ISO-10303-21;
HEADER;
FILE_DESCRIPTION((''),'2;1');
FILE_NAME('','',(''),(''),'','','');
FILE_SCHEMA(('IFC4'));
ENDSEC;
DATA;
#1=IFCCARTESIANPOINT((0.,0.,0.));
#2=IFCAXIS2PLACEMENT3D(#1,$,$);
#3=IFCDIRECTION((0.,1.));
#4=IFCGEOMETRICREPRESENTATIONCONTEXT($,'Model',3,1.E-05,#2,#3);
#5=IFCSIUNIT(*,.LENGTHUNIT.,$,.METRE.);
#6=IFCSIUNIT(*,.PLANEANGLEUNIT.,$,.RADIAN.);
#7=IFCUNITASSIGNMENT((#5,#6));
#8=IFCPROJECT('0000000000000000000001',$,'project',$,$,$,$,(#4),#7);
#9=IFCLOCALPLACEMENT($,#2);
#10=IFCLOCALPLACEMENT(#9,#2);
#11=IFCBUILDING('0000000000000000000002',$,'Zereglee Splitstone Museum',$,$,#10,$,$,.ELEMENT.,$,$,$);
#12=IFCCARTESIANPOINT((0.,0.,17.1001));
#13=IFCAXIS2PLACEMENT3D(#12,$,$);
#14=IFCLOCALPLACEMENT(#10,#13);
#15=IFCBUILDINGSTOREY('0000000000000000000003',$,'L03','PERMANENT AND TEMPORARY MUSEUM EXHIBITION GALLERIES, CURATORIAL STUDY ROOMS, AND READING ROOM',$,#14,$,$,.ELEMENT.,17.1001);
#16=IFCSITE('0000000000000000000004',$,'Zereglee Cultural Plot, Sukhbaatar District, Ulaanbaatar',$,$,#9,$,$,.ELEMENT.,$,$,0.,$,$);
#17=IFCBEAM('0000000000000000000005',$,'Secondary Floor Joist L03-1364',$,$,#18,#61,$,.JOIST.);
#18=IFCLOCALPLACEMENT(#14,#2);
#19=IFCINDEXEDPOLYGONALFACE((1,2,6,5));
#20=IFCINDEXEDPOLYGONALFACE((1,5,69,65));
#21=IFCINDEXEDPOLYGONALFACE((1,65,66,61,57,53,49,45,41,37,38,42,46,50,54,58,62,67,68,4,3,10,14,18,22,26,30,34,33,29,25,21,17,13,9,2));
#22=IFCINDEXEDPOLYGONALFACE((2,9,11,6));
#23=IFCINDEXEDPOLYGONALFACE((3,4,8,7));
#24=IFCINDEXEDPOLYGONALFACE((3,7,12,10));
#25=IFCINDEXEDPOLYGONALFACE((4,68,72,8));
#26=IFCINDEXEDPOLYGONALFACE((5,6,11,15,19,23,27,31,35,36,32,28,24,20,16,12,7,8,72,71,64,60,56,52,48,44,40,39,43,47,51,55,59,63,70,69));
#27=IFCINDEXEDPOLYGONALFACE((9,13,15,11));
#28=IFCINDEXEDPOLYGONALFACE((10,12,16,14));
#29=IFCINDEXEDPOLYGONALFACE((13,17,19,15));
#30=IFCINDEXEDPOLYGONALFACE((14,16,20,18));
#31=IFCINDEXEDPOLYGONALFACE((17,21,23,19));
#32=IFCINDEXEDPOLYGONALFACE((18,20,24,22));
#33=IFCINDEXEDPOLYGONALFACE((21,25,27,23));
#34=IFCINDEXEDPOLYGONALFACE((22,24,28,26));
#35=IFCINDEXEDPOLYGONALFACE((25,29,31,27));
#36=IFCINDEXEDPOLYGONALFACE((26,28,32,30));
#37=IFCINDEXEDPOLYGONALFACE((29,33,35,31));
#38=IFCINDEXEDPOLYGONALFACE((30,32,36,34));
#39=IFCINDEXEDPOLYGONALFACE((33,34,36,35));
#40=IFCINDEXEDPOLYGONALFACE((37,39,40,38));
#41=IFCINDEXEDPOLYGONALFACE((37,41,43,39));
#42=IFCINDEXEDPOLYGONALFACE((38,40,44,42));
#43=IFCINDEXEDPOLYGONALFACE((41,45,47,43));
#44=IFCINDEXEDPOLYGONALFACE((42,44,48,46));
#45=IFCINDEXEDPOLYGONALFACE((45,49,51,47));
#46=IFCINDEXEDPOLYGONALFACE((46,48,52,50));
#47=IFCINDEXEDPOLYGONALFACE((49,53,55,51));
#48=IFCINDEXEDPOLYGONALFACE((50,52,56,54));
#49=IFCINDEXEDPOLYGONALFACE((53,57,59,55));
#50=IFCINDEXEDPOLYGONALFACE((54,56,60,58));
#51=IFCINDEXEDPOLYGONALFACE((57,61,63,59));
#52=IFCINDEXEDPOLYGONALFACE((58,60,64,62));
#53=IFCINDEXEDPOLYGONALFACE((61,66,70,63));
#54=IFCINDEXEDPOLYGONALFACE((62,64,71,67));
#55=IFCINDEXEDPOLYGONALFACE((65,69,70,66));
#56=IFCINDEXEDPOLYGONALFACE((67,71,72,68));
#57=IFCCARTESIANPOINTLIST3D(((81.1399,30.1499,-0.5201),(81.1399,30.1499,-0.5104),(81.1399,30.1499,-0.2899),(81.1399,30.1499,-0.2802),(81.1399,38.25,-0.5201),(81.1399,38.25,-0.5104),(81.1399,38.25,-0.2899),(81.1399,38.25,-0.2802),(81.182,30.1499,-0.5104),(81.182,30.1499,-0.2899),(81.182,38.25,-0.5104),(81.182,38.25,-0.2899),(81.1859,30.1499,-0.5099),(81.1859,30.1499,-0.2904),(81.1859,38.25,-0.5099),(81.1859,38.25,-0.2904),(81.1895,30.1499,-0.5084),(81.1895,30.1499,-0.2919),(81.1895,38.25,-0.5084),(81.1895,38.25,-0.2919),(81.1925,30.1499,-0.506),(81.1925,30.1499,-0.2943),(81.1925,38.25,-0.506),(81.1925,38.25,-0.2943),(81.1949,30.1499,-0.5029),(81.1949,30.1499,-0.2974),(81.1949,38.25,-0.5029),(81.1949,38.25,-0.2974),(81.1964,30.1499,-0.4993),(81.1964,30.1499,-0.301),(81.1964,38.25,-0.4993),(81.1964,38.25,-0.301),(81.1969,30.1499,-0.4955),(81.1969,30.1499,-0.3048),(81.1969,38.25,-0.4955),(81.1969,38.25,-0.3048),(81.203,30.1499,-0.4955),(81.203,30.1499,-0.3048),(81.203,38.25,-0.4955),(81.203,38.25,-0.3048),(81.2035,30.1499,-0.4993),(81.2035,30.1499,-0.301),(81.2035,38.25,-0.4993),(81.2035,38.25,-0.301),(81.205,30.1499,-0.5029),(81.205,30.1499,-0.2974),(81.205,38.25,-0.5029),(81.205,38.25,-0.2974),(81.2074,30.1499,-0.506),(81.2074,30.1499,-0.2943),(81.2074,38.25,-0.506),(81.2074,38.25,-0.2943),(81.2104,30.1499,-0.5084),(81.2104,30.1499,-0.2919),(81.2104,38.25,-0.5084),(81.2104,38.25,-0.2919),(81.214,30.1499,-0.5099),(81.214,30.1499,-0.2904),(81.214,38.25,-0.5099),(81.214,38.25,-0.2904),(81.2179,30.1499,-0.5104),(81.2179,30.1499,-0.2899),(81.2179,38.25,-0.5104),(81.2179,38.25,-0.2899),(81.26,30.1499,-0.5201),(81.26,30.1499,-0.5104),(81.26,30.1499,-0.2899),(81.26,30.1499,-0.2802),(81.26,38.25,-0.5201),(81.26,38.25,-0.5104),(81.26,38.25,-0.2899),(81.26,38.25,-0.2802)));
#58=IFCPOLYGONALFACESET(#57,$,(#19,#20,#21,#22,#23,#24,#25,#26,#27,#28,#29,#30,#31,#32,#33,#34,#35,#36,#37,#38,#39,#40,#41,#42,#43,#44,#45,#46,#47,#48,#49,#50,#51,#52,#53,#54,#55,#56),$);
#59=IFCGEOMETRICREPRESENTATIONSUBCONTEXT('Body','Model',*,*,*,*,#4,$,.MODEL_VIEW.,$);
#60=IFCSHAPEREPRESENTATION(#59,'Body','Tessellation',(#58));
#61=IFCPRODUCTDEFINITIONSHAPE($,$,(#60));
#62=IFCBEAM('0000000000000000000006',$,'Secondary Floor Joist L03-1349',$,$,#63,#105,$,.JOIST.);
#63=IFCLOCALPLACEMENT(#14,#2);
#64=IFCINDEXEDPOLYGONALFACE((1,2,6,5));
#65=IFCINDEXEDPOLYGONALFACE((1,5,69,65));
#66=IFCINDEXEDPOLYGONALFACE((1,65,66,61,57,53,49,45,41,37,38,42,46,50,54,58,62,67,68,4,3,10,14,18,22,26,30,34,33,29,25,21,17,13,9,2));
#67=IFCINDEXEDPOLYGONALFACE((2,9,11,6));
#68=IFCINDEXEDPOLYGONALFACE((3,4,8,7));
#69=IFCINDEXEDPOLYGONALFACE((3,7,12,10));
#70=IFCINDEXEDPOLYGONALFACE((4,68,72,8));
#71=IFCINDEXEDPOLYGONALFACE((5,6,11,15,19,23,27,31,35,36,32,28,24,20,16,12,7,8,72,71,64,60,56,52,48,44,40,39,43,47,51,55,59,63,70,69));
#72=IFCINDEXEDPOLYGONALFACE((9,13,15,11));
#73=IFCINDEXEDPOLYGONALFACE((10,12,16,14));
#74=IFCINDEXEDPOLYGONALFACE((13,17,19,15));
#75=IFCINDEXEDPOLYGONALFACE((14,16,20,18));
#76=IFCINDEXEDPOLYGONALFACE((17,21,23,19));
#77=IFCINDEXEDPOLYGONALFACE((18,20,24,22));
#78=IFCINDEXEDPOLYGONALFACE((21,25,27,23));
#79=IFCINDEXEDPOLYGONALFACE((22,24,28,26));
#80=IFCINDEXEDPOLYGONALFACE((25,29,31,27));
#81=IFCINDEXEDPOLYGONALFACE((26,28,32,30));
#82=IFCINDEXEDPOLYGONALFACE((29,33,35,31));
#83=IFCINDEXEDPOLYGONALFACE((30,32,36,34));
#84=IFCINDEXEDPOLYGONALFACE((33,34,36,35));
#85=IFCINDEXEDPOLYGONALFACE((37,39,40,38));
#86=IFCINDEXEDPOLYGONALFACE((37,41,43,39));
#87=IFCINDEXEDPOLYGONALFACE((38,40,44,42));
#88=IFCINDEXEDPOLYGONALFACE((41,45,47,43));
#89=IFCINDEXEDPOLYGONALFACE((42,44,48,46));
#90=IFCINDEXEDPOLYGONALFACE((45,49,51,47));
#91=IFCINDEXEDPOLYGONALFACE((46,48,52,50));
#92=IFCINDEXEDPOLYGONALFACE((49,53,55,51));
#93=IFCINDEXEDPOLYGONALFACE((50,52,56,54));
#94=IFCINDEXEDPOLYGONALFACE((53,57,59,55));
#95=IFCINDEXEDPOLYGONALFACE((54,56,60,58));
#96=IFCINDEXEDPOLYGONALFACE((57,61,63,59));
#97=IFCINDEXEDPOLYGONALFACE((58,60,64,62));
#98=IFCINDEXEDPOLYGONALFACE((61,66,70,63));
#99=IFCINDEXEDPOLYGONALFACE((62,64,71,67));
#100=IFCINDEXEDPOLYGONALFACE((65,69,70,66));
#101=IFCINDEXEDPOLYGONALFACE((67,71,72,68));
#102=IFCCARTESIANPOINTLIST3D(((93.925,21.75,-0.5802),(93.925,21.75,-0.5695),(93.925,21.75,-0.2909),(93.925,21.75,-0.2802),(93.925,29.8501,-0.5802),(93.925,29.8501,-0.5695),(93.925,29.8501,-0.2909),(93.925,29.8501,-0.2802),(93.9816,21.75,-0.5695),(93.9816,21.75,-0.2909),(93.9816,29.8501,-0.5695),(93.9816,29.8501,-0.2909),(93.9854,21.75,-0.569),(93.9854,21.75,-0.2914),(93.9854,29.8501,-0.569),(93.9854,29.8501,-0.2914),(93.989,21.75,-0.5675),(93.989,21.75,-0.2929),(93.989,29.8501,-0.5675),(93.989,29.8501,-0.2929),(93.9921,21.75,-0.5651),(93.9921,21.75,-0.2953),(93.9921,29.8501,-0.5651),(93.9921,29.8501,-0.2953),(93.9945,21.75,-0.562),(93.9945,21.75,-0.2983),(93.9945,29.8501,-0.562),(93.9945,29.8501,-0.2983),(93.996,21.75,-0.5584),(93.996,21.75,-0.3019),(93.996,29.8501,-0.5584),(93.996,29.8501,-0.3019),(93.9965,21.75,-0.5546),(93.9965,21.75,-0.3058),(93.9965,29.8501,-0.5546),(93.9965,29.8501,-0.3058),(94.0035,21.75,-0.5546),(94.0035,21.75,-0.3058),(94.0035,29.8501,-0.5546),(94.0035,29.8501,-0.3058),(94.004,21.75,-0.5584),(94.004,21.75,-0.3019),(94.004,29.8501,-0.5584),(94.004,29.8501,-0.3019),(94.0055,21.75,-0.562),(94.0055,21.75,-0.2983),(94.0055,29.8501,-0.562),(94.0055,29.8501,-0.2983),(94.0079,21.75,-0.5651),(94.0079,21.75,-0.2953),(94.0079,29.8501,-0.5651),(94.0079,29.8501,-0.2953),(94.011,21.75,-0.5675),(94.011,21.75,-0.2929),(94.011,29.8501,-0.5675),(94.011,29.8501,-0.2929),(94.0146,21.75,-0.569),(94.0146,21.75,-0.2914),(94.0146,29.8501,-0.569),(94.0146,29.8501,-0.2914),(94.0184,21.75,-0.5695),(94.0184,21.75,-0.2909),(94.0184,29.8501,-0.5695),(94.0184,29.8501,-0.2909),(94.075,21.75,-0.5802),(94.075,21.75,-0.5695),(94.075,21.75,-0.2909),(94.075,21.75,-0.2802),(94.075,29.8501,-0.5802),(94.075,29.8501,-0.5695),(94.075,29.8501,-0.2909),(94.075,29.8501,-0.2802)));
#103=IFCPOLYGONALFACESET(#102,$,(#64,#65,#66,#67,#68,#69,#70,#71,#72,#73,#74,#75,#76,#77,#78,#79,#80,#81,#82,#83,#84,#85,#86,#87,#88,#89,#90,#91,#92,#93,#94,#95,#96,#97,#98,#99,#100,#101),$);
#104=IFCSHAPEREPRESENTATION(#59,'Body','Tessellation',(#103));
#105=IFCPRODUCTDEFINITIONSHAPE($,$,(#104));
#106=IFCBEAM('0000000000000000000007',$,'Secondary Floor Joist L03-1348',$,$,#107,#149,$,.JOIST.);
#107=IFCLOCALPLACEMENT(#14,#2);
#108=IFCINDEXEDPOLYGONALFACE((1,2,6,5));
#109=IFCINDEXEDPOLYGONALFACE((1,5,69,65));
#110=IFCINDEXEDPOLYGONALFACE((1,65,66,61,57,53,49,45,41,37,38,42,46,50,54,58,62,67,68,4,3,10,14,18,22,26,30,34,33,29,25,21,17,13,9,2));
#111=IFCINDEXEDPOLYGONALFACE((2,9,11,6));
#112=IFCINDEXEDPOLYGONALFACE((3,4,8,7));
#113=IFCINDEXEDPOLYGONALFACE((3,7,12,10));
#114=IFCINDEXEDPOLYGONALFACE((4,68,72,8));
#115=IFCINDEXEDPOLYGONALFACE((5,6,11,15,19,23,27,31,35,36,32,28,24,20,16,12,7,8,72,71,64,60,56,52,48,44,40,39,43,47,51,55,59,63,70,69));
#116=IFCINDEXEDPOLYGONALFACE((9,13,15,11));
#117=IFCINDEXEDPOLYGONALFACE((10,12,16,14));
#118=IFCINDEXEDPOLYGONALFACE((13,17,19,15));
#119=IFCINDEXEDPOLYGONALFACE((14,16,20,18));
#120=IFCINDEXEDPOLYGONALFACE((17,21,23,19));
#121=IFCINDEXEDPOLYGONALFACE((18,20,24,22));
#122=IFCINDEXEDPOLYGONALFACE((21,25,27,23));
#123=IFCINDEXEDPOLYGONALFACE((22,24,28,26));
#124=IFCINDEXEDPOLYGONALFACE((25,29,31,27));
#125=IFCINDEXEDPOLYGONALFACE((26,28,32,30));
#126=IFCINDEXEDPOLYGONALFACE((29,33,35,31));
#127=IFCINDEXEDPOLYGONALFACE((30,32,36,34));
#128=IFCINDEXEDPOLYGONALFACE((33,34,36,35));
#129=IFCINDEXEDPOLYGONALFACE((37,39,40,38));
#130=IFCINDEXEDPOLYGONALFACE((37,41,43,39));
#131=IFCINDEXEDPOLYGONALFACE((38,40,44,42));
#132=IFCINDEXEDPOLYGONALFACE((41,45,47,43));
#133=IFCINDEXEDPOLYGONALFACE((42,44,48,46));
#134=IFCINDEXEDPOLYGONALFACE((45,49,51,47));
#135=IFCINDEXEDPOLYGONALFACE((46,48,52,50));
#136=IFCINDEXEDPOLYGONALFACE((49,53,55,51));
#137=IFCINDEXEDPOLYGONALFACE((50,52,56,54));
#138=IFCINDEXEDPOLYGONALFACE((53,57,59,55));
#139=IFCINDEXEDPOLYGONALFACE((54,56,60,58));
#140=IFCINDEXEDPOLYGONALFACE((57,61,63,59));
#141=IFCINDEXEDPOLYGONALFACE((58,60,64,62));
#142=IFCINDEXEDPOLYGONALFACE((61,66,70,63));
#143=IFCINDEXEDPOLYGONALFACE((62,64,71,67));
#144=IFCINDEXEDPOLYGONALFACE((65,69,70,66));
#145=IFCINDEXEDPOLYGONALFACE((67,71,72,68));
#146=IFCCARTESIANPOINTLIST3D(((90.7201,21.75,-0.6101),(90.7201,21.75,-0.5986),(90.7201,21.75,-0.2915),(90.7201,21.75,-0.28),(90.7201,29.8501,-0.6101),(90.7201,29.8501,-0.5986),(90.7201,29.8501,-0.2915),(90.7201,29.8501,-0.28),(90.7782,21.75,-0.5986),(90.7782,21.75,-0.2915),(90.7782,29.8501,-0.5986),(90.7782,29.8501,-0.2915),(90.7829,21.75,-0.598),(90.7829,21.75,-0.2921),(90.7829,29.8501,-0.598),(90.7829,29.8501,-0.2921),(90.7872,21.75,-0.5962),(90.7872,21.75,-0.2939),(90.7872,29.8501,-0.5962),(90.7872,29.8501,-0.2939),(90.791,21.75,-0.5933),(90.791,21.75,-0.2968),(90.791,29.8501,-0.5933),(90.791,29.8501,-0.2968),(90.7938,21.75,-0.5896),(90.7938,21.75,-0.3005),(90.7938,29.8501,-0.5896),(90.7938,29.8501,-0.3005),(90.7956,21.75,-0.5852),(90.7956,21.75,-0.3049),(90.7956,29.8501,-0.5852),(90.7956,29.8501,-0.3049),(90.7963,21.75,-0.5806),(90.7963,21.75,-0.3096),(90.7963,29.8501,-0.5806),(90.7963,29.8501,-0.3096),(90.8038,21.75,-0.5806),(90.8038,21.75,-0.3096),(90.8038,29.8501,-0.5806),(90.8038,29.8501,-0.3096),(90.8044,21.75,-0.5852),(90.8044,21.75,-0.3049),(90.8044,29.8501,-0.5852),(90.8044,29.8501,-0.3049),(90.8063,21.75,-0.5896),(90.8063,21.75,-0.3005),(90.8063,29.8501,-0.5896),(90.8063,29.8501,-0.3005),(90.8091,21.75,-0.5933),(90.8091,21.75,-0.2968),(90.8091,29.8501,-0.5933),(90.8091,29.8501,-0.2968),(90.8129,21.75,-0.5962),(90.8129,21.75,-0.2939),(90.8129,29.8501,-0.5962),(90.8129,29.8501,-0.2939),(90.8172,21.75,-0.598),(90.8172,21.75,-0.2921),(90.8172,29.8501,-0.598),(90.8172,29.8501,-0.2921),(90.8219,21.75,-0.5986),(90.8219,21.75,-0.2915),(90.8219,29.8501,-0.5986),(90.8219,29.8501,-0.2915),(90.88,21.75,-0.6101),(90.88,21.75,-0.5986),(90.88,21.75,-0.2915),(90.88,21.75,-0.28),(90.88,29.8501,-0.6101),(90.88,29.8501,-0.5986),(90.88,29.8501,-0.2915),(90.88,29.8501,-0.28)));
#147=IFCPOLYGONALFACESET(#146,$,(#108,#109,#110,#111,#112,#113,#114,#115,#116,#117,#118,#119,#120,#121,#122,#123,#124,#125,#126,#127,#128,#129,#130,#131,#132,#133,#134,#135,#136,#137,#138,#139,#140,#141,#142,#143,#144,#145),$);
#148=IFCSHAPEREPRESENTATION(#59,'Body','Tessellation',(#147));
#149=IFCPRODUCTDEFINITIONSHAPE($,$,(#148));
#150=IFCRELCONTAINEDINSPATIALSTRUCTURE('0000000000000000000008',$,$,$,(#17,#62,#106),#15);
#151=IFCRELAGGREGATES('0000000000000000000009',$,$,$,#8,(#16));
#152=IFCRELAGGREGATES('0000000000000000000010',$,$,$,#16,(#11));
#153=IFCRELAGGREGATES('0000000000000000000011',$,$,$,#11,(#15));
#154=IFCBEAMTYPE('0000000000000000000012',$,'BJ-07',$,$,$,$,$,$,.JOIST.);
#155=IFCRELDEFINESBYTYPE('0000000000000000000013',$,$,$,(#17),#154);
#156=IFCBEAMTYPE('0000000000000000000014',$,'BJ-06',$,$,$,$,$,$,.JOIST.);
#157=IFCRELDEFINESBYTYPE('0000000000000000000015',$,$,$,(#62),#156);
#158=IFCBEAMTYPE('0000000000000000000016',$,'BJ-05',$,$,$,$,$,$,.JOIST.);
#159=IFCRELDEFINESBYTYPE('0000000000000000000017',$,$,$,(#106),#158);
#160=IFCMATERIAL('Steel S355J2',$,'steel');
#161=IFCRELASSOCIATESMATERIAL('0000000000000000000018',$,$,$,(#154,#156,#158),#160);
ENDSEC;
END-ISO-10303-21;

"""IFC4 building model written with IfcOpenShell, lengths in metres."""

from ifc_helpers import new_model, si_unit, direction, frame, origin, origin_2d, place, context, subcontext, project, spatial, i_section, extrude, material, material_profile, profile_set, type_object, element, save


model = new_model("IFC4")

# Units and contexts
model_context = context("Model", 3, precision=1e-05, world=origin(), true_north=direction((0.0, 1.0)))
body_context = subcontext(model_context, "Body", "Model", "MODEL_VIEW")
ifc_project = project(units=[si_unit("LENGTHUNIT", "METRE"), si_unit("PLANEANGLEUNIT", "RADIAN")], contexts=[model_context])

# Site, building, storey
site_placement = place(None, origin())
site = spatial("IfcSite", under=ifc_project, at=site_placement, Name="Zereglee Cultural Plot, Sukhbaatar District, Ulaanbaatar", CompositionType="ELEMENT", RefElevation=0.0)
building_placement = place(site_placement, origin())
building = spatial("IfcBuilding", under=site, at=building_placement, Name="Zereglee Splitstone Museum", CompositionType="ELEMENT")
storey_placement = place(building_placement, frame((0.0, 0.0, 17.1001)))
storey = spatial("IfcBuildingStorey", under=building, at=storey_placement, Name="L03", Description="PERMANENT AND TEMPORARY MUSEUM EXHIBITION GALLERIES, CURATORIAL STUDY ROOMS, AND READING ROOM", CompositionType="ELEMENT", Elevation=17.1001)

# Shared definitions
ifc_material_1 = material(Name="Steel S355J2", Category="steel")

# Beams
ifc_material_profile_1 = material_profile(ifc_material_1, i_section(OverallWidth=0.1201, OverallDepth=0.24, WebThickness=0.0061, FlangeThickness=0.0098, FilletRadius=0.0149, at=origin_2d()), Name="IPE 240")
ifc_profile_set_1 = profile_set([ifc_material_profile_1], Name="Steel S355J2")
beam_type_1 = type_object("IfcBeamType", Name="BJ-07", PredefinedType="JOIST", material=ifc_profile_set_1)
beam_1_placement = place(storey_placement, frame((81.2, 30.1499, -0.4001), z_axis=(0.0, 1.0, 0.0), x_axis=(-1.0, 0.0, 0.0)))
element("IfcBeam", 1, at=beam_1_placement, inside=storey, type_object=beam_type_1, Name="Secondary Floor Joist L03-1364", PredefinedType="JOIST", context=body_context, shape_type="SweptSolid", body=[
    extrude(i_section(OverallWidth=0.1201, OverallDepth=0.24, WebThickness=0.0061, FlangeThickness=0.0098, FilletRadius=0.0149, at=origin_2d()), origin(), (0.0, 0.0, 1.0), 8.1001),
])
ifc_material_profile_2 = material_profile(ifc_material_1, i_section(OverallWidth=0.1499, OverallDepth=0.3, WebThickness=0.0071, FlangeThickness=0.0107, FilletRadius=0.0149, at=origin_2d()), Name="IPE 300")
ifc_profile_set_2 = profile_set([ifc_material_profile_2], Name="Steel S355J2")
beam_type_2 = type_object("IfcBeamType", Name="BJ-06", PredefinedType="JOIST", material=ifc_profile_set_2)
beam_2_placement = place(storey_placement, frame((94.0, 21.75, -0.4302), z_axis=(0.0, 1.0, 0.0), x_axis=(-1.0, 0.0, 0.0)))
element("IfcBeam", 2, at=beam_2_placement, inside=storey, type_object=beam_type_2, Name="Secondary Floor Joist L03-1349", PredefinedType="JOIST", context=body_context, shape_type="SweptSolid", body=[
    extrude(i_section(OverallWidth=0.1499, OverallDepth=0.3, WebThickness=0.0071, FlangeThickness=0.0107, FilletRadius=0.0149, at=origin_2d()), origin(), (0.0, 0.0, 1.0), 8.1001),
])
ifc_material_profile_3 = material_profile(ifc_material_1, i_section(OverallWidth=0.1599, OverallDepth=0.3301, WebThickness=0.0076, FlangeThickness=0.0115, FilletRadius=0.0181, at=origin_2d()), Name="IPE 330")
ifc_profile_set_3 = profile_set([ifc_material_profile_3], Name="Steel S355J2")
beam_type_3 = type_object("IfcBeamType", Name="BJ-05", PredefinedType="JOIST", material=ifc_profile_set_3)
beam_3_placement = place(storey_placement, frame((90.8, 21.75, -0.4451), z_axis=(0.0, 1.0, 0.0), x_axis=(-1.0, 0.0, 0.0)))
element("IfcBeam", 3, at=beam_3_placement, inside=storey, type_object=beam_type_3, Name="Secondary Floor Joist L03-1348", PredefinedType="JOIST", context=body_context, shape_type="SweptSolid", body=[
    extrude(i_section(OverallWidth=0.1599, OverallDepth=0.3301, WebThickness=0.0076, FlangeThickness=0.0115, FilletRadius=0.0181, at=origin_2d()), origin(), (0.0, 0.0, 1.0), 8.1001),
])

save(model, "model.ifc")
